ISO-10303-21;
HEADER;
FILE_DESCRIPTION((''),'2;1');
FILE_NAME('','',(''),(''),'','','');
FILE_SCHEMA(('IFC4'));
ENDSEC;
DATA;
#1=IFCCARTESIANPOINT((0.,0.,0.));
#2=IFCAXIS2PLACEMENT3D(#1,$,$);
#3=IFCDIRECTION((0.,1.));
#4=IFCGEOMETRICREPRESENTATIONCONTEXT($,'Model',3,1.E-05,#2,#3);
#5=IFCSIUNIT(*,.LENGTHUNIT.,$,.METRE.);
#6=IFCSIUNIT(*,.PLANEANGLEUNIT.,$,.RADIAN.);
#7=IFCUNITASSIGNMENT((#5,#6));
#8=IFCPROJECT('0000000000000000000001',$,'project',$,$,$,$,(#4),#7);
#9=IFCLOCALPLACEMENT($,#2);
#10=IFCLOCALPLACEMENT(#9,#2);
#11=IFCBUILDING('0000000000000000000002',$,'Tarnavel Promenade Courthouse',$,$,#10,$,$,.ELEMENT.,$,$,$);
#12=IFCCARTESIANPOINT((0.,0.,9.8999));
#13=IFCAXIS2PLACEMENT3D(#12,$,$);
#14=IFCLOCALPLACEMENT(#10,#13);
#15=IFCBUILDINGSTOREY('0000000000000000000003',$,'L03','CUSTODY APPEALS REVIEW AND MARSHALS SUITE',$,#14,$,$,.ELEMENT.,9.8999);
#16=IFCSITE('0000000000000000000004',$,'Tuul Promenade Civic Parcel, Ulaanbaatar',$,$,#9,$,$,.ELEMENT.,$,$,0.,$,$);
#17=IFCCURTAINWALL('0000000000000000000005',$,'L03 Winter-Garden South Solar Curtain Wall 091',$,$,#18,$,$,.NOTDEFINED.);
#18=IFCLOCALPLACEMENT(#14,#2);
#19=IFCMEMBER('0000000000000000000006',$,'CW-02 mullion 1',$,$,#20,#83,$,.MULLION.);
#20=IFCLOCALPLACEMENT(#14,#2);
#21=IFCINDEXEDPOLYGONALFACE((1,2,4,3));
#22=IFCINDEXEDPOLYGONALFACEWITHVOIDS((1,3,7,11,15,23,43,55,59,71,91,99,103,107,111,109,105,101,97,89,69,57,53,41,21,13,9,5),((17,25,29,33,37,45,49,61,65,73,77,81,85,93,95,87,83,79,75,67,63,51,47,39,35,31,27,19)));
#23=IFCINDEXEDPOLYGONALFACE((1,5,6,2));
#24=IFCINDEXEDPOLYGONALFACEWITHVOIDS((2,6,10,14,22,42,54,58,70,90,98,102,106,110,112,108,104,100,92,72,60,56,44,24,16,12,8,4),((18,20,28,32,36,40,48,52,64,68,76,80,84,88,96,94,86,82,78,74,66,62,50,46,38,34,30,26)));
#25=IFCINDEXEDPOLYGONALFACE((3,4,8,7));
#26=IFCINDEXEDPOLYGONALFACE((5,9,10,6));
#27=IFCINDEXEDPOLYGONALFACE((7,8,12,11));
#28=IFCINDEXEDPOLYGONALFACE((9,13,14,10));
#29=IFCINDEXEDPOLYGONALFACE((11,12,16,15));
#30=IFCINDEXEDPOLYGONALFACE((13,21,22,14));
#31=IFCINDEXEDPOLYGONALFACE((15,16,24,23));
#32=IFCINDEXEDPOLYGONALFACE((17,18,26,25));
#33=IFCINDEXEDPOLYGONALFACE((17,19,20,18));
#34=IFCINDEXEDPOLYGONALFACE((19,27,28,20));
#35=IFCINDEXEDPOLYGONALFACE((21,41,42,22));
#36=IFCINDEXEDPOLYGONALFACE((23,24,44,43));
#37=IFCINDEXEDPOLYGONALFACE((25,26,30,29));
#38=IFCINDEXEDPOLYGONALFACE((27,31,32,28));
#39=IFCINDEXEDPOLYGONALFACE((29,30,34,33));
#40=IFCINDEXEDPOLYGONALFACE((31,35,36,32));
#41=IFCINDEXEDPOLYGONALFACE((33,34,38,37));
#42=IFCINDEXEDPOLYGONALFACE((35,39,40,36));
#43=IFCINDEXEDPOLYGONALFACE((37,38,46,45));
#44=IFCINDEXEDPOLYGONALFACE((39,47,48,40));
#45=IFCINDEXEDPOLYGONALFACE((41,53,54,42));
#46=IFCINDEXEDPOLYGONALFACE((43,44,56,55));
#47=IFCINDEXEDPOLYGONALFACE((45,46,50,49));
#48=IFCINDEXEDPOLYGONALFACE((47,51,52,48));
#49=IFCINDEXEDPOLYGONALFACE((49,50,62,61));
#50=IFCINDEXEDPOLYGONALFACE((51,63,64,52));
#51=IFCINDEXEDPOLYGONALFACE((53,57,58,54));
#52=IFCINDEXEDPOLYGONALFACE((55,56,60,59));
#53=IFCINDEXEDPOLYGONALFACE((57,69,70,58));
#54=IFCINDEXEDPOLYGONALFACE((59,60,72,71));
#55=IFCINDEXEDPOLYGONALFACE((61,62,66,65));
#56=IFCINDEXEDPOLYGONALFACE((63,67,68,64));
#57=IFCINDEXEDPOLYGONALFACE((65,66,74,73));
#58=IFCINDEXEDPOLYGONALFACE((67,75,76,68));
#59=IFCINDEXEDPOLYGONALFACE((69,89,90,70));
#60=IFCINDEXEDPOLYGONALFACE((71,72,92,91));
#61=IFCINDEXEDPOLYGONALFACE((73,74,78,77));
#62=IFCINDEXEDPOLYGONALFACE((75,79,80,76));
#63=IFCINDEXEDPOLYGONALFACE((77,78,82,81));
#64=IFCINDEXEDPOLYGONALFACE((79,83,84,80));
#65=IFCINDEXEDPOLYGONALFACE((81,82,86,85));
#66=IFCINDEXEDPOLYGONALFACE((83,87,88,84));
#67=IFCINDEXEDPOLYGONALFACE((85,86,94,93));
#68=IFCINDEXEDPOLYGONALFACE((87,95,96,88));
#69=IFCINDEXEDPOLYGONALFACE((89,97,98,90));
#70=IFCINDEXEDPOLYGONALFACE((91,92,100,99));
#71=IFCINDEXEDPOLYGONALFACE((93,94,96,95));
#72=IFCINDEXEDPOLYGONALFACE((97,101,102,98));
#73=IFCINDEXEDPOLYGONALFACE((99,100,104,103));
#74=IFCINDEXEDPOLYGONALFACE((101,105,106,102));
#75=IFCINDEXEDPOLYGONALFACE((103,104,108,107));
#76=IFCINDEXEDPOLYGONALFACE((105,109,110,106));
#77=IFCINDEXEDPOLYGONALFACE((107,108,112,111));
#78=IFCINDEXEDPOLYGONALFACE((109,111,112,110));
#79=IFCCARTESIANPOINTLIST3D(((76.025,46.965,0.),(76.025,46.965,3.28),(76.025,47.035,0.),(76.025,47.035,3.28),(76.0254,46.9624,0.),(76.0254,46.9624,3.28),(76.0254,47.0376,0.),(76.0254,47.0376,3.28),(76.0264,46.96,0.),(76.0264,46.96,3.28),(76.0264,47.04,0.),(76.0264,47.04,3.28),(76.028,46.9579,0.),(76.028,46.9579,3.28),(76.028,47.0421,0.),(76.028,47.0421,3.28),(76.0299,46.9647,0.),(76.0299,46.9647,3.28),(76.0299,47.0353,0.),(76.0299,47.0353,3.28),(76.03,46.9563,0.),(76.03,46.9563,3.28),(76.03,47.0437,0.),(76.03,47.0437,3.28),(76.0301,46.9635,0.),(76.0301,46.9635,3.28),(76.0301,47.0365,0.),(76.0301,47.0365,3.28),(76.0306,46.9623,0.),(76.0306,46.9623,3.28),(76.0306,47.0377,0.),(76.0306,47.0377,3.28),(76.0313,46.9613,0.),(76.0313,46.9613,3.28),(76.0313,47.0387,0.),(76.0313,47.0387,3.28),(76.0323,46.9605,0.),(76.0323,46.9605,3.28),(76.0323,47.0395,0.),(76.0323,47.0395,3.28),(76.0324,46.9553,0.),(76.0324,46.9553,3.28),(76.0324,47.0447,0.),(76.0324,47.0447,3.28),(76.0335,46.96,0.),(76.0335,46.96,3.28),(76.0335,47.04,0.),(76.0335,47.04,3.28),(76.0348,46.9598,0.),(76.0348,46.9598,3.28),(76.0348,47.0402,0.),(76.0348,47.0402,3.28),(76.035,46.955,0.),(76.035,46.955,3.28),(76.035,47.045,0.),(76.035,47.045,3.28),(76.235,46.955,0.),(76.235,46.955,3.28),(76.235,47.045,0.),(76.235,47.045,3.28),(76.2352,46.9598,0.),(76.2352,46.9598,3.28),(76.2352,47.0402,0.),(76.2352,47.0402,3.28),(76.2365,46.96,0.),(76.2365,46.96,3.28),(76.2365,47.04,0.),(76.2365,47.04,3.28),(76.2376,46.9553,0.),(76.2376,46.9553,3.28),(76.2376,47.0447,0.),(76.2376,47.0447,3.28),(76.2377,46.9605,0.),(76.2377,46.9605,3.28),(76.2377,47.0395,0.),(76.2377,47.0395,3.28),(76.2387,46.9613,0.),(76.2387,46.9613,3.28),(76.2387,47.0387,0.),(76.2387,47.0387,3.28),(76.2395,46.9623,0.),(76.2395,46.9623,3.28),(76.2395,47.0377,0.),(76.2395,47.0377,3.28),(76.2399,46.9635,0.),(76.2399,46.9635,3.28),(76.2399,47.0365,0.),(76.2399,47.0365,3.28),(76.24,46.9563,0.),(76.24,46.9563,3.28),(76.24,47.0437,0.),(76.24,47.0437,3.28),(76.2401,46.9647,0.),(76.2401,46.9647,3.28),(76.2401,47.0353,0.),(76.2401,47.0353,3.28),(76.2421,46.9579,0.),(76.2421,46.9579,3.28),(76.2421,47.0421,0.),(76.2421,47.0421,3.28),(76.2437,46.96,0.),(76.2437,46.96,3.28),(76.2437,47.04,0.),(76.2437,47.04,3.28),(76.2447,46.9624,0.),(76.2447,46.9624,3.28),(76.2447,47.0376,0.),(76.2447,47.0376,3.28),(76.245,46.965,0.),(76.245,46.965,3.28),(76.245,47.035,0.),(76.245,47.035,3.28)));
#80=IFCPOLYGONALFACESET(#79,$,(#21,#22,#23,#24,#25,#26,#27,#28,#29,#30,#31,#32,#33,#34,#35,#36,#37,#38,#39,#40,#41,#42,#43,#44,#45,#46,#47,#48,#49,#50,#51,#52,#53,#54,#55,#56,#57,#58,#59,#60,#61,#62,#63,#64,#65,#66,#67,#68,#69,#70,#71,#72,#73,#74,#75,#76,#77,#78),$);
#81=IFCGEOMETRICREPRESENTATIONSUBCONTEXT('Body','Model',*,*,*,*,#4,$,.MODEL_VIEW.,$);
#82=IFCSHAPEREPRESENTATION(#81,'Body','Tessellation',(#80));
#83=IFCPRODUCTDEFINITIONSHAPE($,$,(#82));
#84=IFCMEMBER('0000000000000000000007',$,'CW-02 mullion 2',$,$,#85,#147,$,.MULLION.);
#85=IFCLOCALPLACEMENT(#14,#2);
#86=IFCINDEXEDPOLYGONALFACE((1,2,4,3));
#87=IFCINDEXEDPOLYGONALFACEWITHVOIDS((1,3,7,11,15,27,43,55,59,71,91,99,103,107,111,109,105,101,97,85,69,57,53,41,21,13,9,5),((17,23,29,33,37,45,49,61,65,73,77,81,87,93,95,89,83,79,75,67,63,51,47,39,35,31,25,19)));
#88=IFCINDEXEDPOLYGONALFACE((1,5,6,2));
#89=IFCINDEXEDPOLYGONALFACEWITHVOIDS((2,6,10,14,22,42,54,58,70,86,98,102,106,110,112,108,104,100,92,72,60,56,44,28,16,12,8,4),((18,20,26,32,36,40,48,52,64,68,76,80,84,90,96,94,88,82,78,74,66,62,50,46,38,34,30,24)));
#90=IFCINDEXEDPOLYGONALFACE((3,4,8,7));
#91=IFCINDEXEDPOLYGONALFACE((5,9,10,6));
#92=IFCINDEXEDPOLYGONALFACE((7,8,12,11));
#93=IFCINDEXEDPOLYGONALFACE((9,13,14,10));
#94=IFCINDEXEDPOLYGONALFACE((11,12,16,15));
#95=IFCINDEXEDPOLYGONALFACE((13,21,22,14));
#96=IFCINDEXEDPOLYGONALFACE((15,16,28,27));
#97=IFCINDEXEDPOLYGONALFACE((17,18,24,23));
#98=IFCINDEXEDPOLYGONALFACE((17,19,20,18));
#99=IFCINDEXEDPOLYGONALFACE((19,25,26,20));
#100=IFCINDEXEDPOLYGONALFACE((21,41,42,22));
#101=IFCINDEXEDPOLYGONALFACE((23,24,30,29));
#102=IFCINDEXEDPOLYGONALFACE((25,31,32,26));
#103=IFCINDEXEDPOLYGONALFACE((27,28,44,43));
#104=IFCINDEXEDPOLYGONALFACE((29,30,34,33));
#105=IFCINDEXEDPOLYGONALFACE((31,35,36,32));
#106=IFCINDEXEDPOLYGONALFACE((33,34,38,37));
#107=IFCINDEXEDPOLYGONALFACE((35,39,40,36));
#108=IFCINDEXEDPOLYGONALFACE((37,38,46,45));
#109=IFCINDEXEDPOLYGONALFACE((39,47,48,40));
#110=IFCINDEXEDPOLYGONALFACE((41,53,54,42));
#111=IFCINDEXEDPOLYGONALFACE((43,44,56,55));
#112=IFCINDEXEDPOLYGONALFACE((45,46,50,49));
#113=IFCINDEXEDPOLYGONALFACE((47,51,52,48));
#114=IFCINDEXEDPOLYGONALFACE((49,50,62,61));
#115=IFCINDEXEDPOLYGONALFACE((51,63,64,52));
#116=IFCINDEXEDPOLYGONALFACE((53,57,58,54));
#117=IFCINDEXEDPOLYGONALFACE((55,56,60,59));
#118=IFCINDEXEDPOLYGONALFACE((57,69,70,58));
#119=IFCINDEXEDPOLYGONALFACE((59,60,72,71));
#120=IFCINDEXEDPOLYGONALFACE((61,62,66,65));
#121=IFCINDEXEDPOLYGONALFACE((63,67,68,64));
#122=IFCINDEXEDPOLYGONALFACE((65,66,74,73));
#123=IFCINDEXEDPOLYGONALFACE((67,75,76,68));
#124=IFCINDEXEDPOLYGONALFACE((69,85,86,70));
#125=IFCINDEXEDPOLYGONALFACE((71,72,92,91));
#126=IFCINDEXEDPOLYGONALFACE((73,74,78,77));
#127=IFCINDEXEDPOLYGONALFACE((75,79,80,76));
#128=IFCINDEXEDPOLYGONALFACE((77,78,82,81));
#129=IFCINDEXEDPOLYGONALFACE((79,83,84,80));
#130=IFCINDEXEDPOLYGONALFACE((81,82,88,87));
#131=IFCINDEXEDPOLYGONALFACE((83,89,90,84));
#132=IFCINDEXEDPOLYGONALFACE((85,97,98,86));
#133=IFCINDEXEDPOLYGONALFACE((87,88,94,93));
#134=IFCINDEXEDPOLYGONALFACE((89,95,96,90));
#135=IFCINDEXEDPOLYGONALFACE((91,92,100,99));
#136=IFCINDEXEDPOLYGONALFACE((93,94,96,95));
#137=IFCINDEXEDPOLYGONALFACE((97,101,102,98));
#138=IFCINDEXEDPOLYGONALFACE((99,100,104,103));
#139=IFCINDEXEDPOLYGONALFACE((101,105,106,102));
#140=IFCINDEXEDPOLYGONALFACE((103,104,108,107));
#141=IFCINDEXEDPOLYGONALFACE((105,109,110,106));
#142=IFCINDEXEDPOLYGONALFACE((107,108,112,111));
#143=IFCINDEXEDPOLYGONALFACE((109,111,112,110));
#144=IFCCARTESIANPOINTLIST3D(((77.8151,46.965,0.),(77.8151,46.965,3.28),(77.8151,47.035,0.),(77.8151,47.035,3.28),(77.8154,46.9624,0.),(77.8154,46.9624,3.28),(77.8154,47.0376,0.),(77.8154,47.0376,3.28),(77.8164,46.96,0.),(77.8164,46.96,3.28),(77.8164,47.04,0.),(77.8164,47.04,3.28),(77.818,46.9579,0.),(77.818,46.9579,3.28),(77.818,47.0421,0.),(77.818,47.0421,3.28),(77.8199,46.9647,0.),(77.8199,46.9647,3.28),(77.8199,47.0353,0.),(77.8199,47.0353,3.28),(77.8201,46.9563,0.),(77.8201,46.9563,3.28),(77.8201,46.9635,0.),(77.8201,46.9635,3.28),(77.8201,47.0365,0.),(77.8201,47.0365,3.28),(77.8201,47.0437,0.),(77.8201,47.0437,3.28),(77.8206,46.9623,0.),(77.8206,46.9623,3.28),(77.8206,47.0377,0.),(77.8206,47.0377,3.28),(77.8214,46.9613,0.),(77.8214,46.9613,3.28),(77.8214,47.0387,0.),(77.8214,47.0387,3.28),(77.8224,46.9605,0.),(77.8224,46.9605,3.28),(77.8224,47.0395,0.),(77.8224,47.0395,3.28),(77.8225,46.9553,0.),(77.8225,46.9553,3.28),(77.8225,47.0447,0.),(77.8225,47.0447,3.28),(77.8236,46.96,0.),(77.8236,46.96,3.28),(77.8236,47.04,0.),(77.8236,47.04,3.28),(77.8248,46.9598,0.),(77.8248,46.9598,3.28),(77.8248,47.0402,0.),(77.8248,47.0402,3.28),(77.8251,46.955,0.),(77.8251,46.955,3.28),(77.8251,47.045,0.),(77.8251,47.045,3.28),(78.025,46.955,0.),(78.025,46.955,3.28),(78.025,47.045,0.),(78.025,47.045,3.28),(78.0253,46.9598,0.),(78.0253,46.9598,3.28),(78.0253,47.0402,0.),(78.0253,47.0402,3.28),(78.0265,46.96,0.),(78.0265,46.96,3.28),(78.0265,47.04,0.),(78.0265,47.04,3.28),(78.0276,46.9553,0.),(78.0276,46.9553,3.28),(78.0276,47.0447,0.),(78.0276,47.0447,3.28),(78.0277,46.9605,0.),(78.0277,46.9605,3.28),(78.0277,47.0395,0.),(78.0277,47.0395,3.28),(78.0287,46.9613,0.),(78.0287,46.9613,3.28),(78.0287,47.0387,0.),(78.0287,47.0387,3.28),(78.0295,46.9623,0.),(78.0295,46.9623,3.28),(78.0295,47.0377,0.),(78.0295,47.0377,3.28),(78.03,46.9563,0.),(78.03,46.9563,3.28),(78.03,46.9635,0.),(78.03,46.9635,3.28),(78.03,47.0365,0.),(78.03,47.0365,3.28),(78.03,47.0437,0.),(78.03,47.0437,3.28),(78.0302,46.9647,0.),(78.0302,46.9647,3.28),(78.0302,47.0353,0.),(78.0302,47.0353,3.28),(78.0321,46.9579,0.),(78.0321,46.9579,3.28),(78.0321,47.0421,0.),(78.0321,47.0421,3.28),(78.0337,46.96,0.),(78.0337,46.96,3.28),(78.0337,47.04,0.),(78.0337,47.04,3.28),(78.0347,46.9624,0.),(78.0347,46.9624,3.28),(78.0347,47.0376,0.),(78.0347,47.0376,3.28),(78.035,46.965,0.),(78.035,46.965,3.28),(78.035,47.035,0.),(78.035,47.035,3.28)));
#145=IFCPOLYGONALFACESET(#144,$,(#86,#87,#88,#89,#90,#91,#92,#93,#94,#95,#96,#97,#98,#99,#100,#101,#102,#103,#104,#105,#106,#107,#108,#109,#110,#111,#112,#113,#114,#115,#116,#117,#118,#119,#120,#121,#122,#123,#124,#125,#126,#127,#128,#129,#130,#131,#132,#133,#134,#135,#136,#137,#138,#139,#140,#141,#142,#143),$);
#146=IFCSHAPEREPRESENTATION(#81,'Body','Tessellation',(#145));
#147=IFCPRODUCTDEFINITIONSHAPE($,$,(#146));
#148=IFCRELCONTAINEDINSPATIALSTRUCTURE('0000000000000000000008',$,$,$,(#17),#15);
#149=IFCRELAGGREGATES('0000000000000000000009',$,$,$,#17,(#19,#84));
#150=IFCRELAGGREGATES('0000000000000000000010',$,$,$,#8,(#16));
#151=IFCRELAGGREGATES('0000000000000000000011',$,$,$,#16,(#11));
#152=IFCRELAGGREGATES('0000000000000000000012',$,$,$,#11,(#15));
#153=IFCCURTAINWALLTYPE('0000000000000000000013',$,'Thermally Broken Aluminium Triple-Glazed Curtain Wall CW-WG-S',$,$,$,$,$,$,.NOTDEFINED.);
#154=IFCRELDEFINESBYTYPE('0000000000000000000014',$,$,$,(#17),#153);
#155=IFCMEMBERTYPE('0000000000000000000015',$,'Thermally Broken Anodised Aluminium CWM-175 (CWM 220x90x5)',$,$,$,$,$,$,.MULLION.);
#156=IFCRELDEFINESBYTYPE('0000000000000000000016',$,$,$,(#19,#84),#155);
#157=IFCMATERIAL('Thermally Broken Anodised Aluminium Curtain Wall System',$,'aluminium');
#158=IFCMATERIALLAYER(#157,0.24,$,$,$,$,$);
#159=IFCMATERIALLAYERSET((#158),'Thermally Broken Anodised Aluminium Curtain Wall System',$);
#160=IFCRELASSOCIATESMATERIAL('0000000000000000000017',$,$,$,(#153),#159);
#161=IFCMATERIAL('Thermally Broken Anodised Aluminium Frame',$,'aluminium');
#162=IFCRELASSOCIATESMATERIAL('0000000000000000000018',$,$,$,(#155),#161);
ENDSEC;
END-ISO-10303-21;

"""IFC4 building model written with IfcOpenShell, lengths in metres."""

from ifc_helpers import new_model, si_unit, direction, frame, origin, origin_2d, place, context, subcontext, project, spatial, hollow_rectangle, extrude, material, layer, layer_set, material_profile, profile_set, type_object, element, aggregate, save


model = new_model("IFC4")

# Units and contexts
model_context = context("Model", 3, precision=1e-05, world=origin(), true_north=direction((0.0, 1.0)))
body_context = subcontext(model_context, "Body", "Model", "MODEL_VIEW")
ifc_project = project(units=[si_unit("LENGTHUNIT", "METRE"), si_unit("PLANEANGLEUNIT", "RADIAN")], contexts=[model_context])

# Site, building, storey
site_placement = place(None, origin())
site = spatial("IfcSite", under=ifc_project, at=site_placement, Name="Tuul Promenade Civic Parcel, Ulaanbaatar", CompositionType="ELEMENT", RefElevation=0.0)
building_placement = place(site_placement, origin())
building = spatial("IfcBuilding", under=site, at=building_placement, Name="Tarnavel Promenade Courthouse", CompositionType="ELEMENT")
storey_placement = place(building_placement, frame((0.0, 0.0, 9.8999)))
storey = spatial("IfcBuildingStorey", under=building, at=storey_placement, Name="L03", Description="CUSTODY APPEALS REVIEW AND MARSHALS SUITE", CompositionType="ELEMENT", Elevation=9.8999)

# Curtain wall, members
ifc_material_1 = material(Name="Thermally Broken Anodised Aluminium Curtain Wall System", Category="aluminium")
ifc_layer_1 = layer(ifc_material_1, 0.24)
ifc_layer_set_1 = layer_set([ifc_layer_1], Name="Thermally Broken Anodised Aluminium Curtain Wall System")
curtain_wall_type = type_object("IfcCurtainWallType", Name="Thermally Broken Aluminium Triple-Glazed Curtain Wall CW-WG-S", PredefinedType="NOTDEFINED", material=ifc_layer_set_1)
ifc_material_2 = material(Name="Thermally Broken Anodised Aluminium Frame", Category="aluminium")
ifc_material_profile_1 = material_profile(ifc_material_2, hollow_rectangle(XDim=0.0901, YDim=0.22, WallThickness=0.0049, InnerFilletRadius=0.0049, OuterFilletRadius=0.01, at=origin_2d()), Name="CWM 220x90x5")
ifc_profile_set_1 = profile_set([ifc_material_profile_1], Name="Thermally Broken Anodised Aluminium Frame")
member_type_1 = type_object("IfcMemberType", Name="Thermally Broken Anodised Aluminium CWM-175 (CWM 220x90x5)", PredefinedType="MULLION", material=ifc_profile_set_1)
curtain_wall_1_placement = place(storey_placement, origin())
curtain_wall_1 = element("IfcCurtainWall", 1, at=curtain_wall_1_placement, inside=storey, type_object=curtain_wall_type, Name="L03 Winter-Garden South Solar Curtain Wall 091", PredefinedType="NOTDEFINED")
member_1_placement = place(storey_placement, frame((76.135, 47.0, 0.0), z_axis=(0.0, 0.0, 1.0), x_axis=(0.0, 1.0, 0.0)))
member_1 = element("IfcMember", 2, at=member_1_placement, type_object=member_type_1, Name="CW-02 mullion 1", PredefinedType="MULLION", context=body_context, shape_type="SweptSolid", body=[
    extrude(hollow_rectangle(XDim=0.0901, YDim=0.22, WallThickness=0.0049, InnerFilletRadius=0.0049, OuterFilletRadius=0.01, at=origin_2d()), origin(), (0.0, 0.0, 1.0), 3.28),
])
member_2_placement = place(storey_placement, frame((77.925, 47.0, 0.0), z_axis=(0.0, 0.0, 1.0), x_axis=(0.0, 1.0, 0.0)))
member_2 = element("IfcMember", 3, at=member_2_placement, type_object=member_type_1, Name="CW-02 mullion 2", PredefinedType="MULLION", context=body_context, shape_type="SweptSolid", body=[
    extrude(hollow_rectangle(XDim=0.0901, YDim=0.22, WallThickness=0.0049, InnerFilletRadius=0.0049, OuterFilletRadius=0.01, at=origin_2d()), origin(), (0.0, 0.0, 1.0), 3.28),
])

aggregate(curtain_wall_1, [member_1, member_2])

save(model, "model.ifc")
